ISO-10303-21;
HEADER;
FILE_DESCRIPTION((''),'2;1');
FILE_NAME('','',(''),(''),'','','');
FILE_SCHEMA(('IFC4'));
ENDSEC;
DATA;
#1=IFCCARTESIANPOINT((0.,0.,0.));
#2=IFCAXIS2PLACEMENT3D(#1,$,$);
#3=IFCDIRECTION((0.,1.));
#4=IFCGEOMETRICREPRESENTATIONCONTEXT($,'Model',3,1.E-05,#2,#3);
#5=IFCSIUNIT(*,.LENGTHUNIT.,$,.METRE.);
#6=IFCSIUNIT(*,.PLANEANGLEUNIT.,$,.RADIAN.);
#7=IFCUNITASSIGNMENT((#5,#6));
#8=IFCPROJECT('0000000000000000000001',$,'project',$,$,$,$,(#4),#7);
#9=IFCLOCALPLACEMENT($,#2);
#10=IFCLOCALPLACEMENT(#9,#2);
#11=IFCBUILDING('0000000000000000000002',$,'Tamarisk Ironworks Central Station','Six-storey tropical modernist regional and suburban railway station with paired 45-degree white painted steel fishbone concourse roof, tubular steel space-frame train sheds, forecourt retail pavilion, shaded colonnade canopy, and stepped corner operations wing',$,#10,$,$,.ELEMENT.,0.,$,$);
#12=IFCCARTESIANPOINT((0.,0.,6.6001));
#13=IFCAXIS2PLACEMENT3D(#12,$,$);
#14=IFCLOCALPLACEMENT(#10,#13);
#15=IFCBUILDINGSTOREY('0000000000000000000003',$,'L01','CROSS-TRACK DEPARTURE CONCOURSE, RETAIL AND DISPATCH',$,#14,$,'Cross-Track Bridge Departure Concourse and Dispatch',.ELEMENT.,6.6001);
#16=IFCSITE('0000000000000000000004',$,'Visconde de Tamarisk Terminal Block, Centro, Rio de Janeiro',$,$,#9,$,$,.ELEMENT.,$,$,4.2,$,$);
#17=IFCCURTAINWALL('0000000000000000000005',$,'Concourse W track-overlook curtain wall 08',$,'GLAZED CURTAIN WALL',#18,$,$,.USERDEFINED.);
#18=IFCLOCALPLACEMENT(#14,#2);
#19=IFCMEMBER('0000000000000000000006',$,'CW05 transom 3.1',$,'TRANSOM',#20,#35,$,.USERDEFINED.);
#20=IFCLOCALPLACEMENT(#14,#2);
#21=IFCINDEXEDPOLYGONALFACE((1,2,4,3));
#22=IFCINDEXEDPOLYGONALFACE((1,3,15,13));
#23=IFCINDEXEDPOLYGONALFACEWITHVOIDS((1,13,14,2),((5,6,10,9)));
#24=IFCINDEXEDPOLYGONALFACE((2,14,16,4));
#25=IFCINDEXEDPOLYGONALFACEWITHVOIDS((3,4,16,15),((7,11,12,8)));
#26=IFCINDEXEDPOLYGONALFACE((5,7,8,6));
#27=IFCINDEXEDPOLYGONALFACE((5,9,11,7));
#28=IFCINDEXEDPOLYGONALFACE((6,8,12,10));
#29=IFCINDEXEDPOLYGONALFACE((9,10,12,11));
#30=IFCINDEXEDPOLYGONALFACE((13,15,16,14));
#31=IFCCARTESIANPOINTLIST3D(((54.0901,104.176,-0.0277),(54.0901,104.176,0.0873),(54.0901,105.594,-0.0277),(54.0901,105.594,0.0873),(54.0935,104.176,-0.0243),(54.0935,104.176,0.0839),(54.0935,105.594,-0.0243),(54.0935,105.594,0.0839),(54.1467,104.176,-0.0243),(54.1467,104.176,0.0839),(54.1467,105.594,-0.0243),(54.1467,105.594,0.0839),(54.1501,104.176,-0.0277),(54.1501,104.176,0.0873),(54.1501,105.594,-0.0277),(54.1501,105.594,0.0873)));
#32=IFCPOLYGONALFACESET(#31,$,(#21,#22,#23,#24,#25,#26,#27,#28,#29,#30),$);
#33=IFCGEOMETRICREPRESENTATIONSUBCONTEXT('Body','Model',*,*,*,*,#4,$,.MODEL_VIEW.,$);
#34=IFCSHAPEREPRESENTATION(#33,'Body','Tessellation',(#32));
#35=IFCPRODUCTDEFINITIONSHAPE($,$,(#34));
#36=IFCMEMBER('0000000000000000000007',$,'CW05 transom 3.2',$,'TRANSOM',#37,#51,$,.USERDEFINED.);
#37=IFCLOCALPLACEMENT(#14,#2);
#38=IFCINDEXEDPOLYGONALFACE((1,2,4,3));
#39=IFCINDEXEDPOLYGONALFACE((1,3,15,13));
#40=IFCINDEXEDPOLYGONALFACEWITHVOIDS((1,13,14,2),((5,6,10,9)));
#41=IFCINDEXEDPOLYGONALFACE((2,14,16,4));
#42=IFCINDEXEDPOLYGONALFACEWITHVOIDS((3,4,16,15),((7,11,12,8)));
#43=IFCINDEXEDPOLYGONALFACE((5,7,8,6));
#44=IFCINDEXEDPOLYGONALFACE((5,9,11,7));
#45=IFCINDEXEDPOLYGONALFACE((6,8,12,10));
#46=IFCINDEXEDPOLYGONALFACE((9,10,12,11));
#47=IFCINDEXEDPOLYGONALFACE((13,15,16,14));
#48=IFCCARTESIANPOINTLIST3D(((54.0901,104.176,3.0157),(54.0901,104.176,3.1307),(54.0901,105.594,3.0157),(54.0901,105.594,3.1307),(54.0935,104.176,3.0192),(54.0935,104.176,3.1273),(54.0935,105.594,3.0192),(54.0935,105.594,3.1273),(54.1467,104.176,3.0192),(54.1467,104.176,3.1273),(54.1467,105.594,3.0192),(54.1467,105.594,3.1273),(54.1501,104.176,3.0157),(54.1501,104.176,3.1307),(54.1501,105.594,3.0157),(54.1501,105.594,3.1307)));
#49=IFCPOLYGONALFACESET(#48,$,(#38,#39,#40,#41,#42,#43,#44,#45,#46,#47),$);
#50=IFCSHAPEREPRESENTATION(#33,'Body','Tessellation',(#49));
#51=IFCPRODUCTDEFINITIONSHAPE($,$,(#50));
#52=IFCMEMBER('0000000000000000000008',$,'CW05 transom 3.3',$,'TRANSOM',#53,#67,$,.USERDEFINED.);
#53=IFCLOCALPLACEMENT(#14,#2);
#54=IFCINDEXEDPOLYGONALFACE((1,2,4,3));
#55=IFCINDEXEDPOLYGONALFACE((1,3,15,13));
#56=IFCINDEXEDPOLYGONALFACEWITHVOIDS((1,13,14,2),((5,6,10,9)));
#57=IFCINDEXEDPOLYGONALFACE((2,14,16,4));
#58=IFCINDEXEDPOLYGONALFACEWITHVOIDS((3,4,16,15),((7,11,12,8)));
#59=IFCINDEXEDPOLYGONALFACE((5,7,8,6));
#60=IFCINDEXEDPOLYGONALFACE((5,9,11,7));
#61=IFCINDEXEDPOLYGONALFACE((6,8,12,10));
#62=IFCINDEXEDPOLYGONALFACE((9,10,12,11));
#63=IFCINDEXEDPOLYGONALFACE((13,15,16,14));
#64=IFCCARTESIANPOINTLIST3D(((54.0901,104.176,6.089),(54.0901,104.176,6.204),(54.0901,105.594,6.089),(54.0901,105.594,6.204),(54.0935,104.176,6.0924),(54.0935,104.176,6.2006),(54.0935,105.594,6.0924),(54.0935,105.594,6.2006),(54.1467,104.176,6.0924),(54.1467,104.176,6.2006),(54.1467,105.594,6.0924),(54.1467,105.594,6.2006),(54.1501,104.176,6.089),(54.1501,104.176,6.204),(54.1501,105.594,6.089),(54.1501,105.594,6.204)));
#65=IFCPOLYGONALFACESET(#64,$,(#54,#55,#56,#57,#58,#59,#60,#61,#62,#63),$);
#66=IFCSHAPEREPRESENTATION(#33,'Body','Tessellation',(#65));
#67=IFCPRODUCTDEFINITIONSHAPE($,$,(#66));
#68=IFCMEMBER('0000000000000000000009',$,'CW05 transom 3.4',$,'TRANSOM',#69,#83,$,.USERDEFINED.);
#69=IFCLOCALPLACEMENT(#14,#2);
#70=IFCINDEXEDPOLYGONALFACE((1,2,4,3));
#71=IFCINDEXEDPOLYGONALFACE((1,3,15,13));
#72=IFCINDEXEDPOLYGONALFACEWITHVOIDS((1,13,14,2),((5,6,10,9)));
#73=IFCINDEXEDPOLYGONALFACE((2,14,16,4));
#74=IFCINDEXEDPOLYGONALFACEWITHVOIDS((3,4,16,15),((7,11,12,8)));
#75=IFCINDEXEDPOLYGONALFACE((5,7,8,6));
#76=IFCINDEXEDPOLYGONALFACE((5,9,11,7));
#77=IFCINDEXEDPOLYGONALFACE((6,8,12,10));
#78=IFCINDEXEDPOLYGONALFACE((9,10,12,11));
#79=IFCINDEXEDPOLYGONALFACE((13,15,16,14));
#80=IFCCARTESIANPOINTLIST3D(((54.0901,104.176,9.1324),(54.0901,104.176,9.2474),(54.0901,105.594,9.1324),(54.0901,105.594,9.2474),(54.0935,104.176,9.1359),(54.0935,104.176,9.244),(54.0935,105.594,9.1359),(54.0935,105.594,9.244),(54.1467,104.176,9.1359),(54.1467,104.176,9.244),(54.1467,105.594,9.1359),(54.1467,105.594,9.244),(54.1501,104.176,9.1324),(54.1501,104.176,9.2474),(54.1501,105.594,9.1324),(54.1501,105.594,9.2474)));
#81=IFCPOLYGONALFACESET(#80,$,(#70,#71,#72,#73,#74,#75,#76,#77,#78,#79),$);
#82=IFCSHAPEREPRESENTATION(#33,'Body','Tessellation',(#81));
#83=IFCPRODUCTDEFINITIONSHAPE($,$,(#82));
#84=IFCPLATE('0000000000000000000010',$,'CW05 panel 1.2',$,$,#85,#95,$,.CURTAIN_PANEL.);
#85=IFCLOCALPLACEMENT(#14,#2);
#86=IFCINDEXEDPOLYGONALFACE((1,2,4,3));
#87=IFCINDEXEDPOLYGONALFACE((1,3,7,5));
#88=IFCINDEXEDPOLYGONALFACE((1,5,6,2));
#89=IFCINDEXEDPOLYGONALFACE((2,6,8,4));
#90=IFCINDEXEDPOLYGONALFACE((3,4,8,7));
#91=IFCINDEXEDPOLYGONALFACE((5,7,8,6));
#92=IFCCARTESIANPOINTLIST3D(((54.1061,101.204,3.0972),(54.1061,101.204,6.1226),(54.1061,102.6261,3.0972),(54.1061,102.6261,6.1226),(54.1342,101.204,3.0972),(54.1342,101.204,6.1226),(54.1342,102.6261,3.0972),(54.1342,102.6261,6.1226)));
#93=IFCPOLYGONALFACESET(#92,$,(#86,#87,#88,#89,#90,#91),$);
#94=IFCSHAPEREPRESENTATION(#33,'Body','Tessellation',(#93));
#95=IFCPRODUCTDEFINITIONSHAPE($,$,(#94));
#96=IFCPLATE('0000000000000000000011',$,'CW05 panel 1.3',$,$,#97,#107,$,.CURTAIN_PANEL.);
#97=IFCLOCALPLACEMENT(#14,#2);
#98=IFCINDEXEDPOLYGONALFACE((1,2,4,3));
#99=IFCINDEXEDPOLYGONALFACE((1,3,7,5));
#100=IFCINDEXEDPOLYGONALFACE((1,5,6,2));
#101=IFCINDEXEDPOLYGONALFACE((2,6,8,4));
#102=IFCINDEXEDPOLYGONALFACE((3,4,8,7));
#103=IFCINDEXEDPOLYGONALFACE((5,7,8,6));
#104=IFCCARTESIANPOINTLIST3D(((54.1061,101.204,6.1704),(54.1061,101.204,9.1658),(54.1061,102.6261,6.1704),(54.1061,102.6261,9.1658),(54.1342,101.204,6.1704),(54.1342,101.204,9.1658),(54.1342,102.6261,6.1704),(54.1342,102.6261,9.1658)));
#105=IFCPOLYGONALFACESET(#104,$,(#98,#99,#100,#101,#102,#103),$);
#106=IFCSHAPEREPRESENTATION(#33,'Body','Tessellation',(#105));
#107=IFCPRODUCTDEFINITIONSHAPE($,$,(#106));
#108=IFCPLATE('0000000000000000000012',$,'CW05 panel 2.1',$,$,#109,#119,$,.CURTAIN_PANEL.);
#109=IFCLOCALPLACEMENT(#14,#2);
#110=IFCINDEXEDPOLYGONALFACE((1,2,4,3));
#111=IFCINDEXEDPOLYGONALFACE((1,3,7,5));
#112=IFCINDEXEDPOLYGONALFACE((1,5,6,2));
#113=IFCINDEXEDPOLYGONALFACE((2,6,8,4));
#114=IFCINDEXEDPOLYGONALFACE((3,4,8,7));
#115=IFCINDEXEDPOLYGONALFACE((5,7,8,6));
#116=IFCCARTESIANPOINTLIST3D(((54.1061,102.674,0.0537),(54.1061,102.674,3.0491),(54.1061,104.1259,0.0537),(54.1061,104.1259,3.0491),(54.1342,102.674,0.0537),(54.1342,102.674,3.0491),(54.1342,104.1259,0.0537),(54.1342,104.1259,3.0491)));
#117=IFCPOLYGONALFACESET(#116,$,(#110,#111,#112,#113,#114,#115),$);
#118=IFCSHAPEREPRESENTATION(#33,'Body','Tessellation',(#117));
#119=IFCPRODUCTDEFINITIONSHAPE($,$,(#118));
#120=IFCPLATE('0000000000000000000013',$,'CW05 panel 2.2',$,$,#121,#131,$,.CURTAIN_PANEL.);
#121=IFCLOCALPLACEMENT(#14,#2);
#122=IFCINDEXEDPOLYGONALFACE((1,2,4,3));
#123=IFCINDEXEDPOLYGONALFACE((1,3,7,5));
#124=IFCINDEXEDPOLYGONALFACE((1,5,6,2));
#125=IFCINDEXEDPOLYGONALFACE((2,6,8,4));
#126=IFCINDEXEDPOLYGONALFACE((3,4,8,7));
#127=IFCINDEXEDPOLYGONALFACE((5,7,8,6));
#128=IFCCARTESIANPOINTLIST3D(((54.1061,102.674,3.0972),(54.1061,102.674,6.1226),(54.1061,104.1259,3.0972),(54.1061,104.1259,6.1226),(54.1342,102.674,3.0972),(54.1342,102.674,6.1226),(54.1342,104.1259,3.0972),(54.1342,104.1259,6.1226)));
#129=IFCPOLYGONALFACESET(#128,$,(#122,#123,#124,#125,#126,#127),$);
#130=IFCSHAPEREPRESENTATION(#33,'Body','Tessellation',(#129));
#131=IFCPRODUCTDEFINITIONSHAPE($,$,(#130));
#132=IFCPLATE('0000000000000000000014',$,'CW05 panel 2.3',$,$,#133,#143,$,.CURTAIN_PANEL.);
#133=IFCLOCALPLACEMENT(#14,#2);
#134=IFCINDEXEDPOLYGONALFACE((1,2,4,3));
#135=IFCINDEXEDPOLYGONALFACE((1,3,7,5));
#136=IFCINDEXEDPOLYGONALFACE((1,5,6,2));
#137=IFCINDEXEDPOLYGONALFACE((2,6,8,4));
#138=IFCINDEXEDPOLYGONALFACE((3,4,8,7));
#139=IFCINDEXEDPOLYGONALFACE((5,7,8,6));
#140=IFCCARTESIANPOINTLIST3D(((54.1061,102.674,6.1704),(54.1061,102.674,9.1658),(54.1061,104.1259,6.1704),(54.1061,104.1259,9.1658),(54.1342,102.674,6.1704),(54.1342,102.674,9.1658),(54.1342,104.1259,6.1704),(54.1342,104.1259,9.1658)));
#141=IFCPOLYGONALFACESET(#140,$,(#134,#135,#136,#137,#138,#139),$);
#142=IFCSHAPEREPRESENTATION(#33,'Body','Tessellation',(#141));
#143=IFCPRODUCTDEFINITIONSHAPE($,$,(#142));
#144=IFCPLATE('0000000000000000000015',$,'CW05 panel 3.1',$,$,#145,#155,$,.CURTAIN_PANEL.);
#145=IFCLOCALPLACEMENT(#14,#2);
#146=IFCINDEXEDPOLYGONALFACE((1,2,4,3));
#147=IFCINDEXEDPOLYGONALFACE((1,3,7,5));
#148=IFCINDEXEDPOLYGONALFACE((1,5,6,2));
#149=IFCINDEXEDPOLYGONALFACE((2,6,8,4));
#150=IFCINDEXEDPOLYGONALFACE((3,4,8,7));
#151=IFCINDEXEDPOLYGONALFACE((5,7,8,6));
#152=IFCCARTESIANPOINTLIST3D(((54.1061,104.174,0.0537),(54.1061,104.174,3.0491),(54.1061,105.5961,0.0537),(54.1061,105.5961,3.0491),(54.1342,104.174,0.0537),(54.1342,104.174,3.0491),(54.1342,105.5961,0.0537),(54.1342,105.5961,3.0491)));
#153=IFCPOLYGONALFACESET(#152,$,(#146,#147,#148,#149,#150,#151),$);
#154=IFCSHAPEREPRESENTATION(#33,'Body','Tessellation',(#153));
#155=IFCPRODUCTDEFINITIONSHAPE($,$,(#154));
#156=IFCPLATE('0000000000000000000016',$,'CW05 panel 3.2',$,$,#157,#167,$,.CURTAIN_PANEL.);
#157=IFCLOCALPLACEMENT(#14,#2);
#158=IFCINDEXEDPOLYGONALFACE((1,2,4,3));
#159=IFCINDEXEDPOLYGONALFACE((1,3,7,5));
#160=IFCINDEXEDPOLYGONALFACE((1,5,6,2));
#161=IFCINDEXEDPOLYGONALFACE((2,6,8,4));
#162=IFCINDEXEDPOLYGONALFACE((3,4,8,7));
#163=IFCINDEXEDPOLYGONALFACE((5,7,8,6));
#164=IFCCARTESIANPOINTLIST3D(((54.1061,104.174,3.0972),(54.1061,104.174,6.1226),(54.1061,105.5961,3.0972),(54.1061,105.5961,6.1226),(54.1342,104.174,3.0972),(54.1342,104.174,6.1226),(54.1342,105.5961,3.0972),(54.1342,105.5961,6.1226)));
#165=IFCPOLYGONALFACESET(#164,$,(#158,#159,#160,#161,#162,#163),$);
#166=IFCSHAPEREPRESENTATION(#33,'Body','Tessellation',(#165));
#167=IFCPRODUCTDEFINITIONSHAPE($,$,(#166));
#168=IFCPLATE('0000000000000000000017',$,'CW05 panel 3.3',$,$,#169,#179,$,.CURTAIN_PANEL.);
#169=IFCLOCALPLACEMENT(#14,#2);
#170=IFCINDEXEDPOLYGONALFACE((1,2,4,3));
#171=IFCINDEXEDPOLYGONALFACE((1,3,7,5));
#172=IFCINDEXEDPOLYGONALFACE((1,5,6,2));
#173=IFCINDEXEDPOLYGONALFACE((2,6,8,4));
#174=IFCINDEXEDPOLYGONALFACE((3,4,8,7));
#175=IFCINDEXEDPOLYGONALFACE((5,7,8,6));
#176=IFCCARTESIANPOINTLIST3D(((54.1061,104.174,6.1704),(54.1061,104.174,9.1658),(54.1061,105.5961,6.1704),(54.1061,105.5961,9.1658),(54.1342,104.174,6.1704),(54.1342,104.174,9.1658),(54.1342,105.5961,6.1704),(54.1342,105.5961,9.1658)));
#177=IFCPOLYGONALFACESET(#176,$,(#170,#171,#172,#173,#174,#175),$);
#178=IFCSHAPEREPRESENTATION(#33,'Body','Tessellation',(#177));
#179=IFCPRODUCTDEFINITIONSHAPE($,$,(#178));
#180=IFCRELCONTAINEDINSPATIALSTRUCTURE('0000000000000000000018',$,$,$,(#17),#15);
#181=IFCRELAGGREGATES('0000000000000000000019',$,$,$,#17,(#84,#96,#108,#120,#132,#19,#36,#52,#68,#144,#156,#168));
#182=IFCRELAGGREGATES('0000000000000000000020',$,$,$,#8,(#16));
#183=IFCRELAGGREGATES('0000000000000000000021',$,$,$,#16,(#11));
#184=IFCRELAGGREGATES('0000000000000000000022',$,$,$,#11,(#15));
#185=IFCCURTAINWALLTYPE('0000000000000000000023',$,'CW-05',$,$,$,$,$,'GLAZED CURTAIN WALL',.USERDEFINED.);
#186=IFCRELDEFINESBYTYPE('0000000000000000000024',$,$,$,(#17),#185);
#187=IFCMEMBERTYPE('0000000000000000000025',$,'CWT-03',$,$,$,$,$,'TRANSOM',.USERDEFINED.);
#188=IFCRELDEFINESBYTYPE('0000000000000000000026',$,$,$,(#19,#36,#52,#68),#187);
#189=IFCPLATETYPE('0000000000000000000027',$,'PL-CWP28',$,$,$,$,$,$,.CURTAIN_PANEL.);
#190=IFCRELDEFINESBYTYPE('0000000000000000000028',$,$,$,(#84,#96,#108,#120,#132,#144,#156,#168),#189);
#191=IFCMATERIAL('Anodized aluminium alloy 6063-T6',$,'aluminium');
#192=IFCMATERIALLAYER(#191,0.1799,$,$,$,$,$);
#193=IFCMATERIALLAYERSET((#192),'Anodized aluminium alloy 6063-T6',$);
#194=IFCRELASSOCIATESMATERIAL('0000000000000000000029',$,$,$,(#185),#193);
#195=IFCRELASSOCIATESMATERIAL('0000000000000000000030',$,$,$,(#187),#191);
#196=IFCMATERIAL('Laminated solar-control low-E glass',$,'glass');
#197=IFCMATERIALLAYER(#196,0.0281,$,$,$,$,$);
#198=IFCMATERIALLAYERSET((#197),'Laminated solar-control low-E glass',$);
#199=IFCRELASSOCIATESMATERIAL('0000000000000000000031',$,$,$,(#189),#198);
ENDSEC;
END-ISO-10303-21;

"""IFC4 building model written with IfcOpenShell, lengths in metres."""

from ifc_helpers import new_model, si_unit, direction, frame, origin, origin_2d, place, context, subcontext, project, spatial, rectangle, hollow_rectangle, extrude, material, layer, layer_set, material_profile, profile_set, type_object, element, aggregate, save


model = new_model("IFC4")

# Units and contexts
model_context = context("Model", 3, precision=1e-05, world=origin(), true_north=direction((0.0, 1.0)))
body_context = subcontext(model_context, "Body", "Model", "MODEL_VIEW")
ifc_project = project(units=[si_unit("LENGTHUNIT", "METRE"), si_unit("PLANEANGLEUNIT", "RADIAN")], contexts=[model_context])

# Site, building, storey
site_placement = place(None, origin())
site = spatial("IfcSite", under=ifc_project, at=site_placement, Name="Visconde de Tamarisk Terminal Block, Centro, Rio de Janeiro", CompositionType="ELEMENT", RefElevation=4.2)
building_placement = place(site_placement, origin())
building = spatial("IfcBuilding", under=site, at=building_placement, Name="Tamarisk Ironworks Central Station", Description="Six-storey tropical modernist regional and suburban railway station with paired 45-degree white painted steel fishbone concourse roof, tubular steel space-frame train sheds, forecourt retail pavilion, shaded colonnade canopy, and stepped corner operations wing", CompositionType="ELEMENT", ElevationOfRefHeight=0.0)
storey_placement = place(building_placement, frame((0.0, 0.0, 6.6001)))
storey = spatial("IfcBuildingStorey", under=building, at=storey_placement, Name="L01", Description="CROSS-TRACK DEPARTURE CONCOURSE, RETAIL AND DISPATCH", LongName="Cross-Track Bridge Departure Concourse and Dispatch", CompositionType="ELEMENT", Elevation=6.6001)

# Shared definitions
ifc_material_1 = material(Name="Anodized aluminium alloy 6063-T6", Category="aluminium")

# Curtain wall
ifc_layer_1 = layer(ifc_material_1, 0.1799)
ifc_layer_set_1 = layer_set([ifc_layer_1], Name="Anodized aluminium alloy 6063-T6")
curtain_wall_type_1 = type_object("IfcCurtainWallType", Name="CW-05", ElementType="GLAZED CURTAIN WALL", PredefinedType="USERDEFINED", material=ifc_layer_set_1)
curtain_wall_1_placement = place(storey_placement, origin())
curtain_wall_1 = element("IfcCurtainWall", 1, at=curtain_wall_1_placement, inside=storey, type_object=curtain_wall_type_1, Name="Concourse W track-overlook curtain wall 08", ObjectType="GLAZED CURTAIN WALL", PredefinedType="USERDEFINED")

# Members
ifc_material_profile_1 = material_profile(ifc_material_1, hollow_rectangle(XDim=0.0601, YDim=0.115, WallThickness=0.0034, at=origin_2d()), Name="ALUM 115x60")
ifc_profile_set_1 = profile_set([ifc_material_profile_1], Name="Anodized aluminium alloy 6063-T6")
member_type_1 = type_object("IfcMemberType", Name="CWT-03", ElementType="TRANSOM", PredefinedType="USERDEFINED", material=ifc_profile_set_1)
member_1_placement = place(storey_placement, frame((54.1201, 104.176, 0.0298), z_axis=(0.0, 1.0, 0.0), x_axis=(-1.0, 0.0, 0.0)))
member_1 = element("IfcMember", 2, at=member_1_placement, type_object=member_type_1, Name="CW05 transom 3.1", ObjectType="TRANSOM", PredefinedType="USERDEFINED", context=body_context, shape_type="SweptSolid", body=[
    extrude(hollow_rectangle(XDim=0.0601, YDim=0.115, WallThickness=0.0034, at=origin_2d()), origin(), (0.0, 0.0, 1.0), 1.418),
])
member_2_placement = place(storey_placement, frame((54.1201, 104.176, 3.0732), z_axis=(0.0, 1.0, 0.0), x_axis=(-1.0, 0.0, 0.0)))
member_2 = element("IfcMember", 3, at=member_2_placement, type_object=member_type_1, Name="CW05 transom 3.2", ObjectType="TRANSOM", PredefinedType="USERDEFINED", context=body_context, shape_type="SweptSolid", body=[
    extrude(hollow_rectangle(XDim=0.0601, YDim=0.115, WallThickness=0.0034, at=origin_2d()), origin(), (0.0, 0.0, 1.0), 1.418),
])
member_3_placement = place(storey_placement, frame((54.1201, 104.176, 6.1465), z_axis=(0.0, 1.0, 0.0), x_axis=(-1.0, 0.0, 0.0)))
member_3 = element("IfcMember", 4, at=member_3_placement, type_object=member_type_1, Name="CW05 transom 3.3", ObjectType="TRANSOM", PredefinedType="USERDEFINED", context=body_context, shape_type="SweptSolid", body=[
    extrude(hollow_rectangle(XDim=0.0601, YDim=0.115, WallThickness=0.0034, at=origin_2d()), origin(), (0.0, 0.0, 1.0), 1.418),
])
member_4_placement = place(storey_placement, frame((54.1201, 104.176, 9.1899), z_axis=(0.0, 1.0, 0.0), x_axis=(-1.0, 0.0, 0.0)))
member_4 = element("IfcMember", 5, at=member_4_placement, type_object=member_type_1, Name="CW05 transom 3.4", ObjectType="TRANSOM", PredefinedType="USERDEFINED", context=body_context, shape_type="SweptSolid", body=[
    extrude(hollow_rectangle(XDim=0.0601, YDim=0.115, WallThickness=0.0034, at=origin_2d()), origin(), (0.0, 0.0, 1.0), 1.418),
])

# Plates
ifc_material_2 = material(Name="Laminated solar-control low-E glass", Category="glass")
ifc_layer_2 = layer(ifc_material_2, 0.0281)
ifc_layer_set_2 = layer_set([ifc_layer_2], Name="Laminated solar-control low-E glass")
plate_type = type_object("IfcPlateType", Name="PL-CWP28", PredefinedType="CURTAIN_PANEL", material=ifc_layer_set_2)
plate_1_placement = place(storey_placement, frame((54.1201, 101.915, 3.0972), z_axis=(0.0, 0.0, 1.0), x_axis=(0.0, 1.0, 0.0)))
plate_1 = element("IfcPlate", 6, at=plate_1_placement, type_object=plate_type, Name="CW05 panel 1.2", PredefinedType="CURTAIN_PANEL", context=body_context, shape_type="SweptSolid", body=[
    extrude(rectangle(XDim=1.4221, YDim=0.0281, at=origin_2d()), origin(), (0.0, 0.0, 1.0), 3.0254),
])
plate_2_placement = place(storey_placement, frame((54.1201, 101.915, 6.1704), z_axis=(0.0, 0.0, 1.0), x_axis=(0.0, 1.0, 0.0)))
plate_2 = element("IfcPlate", 7, at=plate_2_placement, type_object=plate_type, Name="CW05 panel 1.3", PredefinedType="CURTAIN_PANEL", context=body_context, shape_type="SweptSolid", body=[
    extrude(rectangle(XDim=1.4221, YDim=0.0281, at=origin_2d()), origin(), (0.0, 0.0, 1.0), 2.9954),
])
plate_3_placement = place(storey_placement, frame((54.1201, 103.3999, 0.0537), z_axis=(0.0, 0.0, 1.0), x_axis=(0.0, 1.0, 0.0)))
plate_3 = element("IfcPlate", 8, at=plate_3_placement, type_object=plate_type, Name="CW05 panel 2.1", PredefinedType="CURTAIN_PANEL", context=body_context, shape_type="SweptSolid", body=[
    extrude(rectangle(XDim=1.4519, YDim=0.0281, at=origin_2d()), origin(), (0.0, 0.0, 1.0), 2.9954),
])
plate_4_placement = place(storey_placement, frame((54.1201, 103.3999, 3.0972), z_axis=(0.0, 0.0, 1.0), x_axis=(0.0, 1.0, 0.0)))
plate_4 = element("IfcPlate", 9, at=plate_4_placement, type_object=plate_type, Name="CW05 panel 2.2", PredefinedType="CURTAIN_PANEL", context=body_context, shape_type="SweptSolid", body=[
    extrude(rectangle(XDim=1.4519, YDim=0.0281, at=origin_2d()), origin(), (0.0, 0.0, 1.0), 3.0254),
])
plate_5_placement = place(storey_placement, frame((54.1201, 103.3999, 6.1704), z_axis=(0.0, 0.0, 1.0), x_axis=(0.0, 1.0, 0.0)))
plate_5 = element("IfcPlate", 10, at=plate_5_placement, type_object=plate_type, Name="CW05 panel 2.3", PredefinedType="CURTAIN_PANEL", context=body_context, shape_type="SweptSolid", body=[
    extrude(rectangle(XDim=1.4519, YDim=0.0281, at=origin_2d()), origin(), (0.0, 0.0, 1.0), 2.9954),
])
plate_6_placement = place(storey_placement, frame((54.1201, 104.885, 0.0537), z_axis=(0.0, 0.0, 1.0), x_axis=(0.0, 1.0, 0.0)))
plate_6 = element("IfcPlate", 11, at=plate_6_placement, type_object=plate_type, Name="CW05 panel 3.1", PredefinedType="CURTAIN_PANEL", context=body_context, shape_type="SweptSolid", body=[
    extrude(rectangle(XDim=1.4221, YDim=0.0281, at=origin_2d()), origin(), (0.0, 0.0, 1.0), 2.9954),
])
plate_7_placement = place(storey_placement, frame((54.1201, 104.885, 3.0972), z_axis=(0.0, 0.0, 1.0), x_axis=(0.0, 1.0, 0.0)))
plate_7 = element("IfcPlate", 12, at=plate_7_placement, type_object=plate_type, Name="CW05 panel 3.2", PredefinedType="CURTAIN_PANEL", context=body_context, shape_type="SweptSolid", body=[
    extrude(rectangle(XDim=1.4221, YDim=0.0281, at=origin_2d()), origin(), (0.0, 0.0, 1.0), 3.0254),
])
plate_8_placement = place(storey_placement, frame((54.1201, 104.885, 6.1704), z_axis=(0.0, 0.0, 1.0), x_axis=(0.0, 1.0, 0.0)))
plate_8 = element("IfcPlate", 13, at=plate_8_placement, type_object=plate_type, Name="CW05 panel 3.3", PredefinedType="CURTAIN_PANEL", context=body_context, shape_type="SweptSolid", body=[
    extrude(rectangle(XDim=1.4221, YDim=0.0281, at=origin_2d()), origin(), (0.0, 0.0, 1.0), 2.9954),
])
aggregate(curtain_wall_1, [plate_1, plate_2, plate_3, plate_4, plate_5, member_1, member_2, member_3, member_4, plate_6, plate_7, plate_8])

save(model, "model.ifc")
